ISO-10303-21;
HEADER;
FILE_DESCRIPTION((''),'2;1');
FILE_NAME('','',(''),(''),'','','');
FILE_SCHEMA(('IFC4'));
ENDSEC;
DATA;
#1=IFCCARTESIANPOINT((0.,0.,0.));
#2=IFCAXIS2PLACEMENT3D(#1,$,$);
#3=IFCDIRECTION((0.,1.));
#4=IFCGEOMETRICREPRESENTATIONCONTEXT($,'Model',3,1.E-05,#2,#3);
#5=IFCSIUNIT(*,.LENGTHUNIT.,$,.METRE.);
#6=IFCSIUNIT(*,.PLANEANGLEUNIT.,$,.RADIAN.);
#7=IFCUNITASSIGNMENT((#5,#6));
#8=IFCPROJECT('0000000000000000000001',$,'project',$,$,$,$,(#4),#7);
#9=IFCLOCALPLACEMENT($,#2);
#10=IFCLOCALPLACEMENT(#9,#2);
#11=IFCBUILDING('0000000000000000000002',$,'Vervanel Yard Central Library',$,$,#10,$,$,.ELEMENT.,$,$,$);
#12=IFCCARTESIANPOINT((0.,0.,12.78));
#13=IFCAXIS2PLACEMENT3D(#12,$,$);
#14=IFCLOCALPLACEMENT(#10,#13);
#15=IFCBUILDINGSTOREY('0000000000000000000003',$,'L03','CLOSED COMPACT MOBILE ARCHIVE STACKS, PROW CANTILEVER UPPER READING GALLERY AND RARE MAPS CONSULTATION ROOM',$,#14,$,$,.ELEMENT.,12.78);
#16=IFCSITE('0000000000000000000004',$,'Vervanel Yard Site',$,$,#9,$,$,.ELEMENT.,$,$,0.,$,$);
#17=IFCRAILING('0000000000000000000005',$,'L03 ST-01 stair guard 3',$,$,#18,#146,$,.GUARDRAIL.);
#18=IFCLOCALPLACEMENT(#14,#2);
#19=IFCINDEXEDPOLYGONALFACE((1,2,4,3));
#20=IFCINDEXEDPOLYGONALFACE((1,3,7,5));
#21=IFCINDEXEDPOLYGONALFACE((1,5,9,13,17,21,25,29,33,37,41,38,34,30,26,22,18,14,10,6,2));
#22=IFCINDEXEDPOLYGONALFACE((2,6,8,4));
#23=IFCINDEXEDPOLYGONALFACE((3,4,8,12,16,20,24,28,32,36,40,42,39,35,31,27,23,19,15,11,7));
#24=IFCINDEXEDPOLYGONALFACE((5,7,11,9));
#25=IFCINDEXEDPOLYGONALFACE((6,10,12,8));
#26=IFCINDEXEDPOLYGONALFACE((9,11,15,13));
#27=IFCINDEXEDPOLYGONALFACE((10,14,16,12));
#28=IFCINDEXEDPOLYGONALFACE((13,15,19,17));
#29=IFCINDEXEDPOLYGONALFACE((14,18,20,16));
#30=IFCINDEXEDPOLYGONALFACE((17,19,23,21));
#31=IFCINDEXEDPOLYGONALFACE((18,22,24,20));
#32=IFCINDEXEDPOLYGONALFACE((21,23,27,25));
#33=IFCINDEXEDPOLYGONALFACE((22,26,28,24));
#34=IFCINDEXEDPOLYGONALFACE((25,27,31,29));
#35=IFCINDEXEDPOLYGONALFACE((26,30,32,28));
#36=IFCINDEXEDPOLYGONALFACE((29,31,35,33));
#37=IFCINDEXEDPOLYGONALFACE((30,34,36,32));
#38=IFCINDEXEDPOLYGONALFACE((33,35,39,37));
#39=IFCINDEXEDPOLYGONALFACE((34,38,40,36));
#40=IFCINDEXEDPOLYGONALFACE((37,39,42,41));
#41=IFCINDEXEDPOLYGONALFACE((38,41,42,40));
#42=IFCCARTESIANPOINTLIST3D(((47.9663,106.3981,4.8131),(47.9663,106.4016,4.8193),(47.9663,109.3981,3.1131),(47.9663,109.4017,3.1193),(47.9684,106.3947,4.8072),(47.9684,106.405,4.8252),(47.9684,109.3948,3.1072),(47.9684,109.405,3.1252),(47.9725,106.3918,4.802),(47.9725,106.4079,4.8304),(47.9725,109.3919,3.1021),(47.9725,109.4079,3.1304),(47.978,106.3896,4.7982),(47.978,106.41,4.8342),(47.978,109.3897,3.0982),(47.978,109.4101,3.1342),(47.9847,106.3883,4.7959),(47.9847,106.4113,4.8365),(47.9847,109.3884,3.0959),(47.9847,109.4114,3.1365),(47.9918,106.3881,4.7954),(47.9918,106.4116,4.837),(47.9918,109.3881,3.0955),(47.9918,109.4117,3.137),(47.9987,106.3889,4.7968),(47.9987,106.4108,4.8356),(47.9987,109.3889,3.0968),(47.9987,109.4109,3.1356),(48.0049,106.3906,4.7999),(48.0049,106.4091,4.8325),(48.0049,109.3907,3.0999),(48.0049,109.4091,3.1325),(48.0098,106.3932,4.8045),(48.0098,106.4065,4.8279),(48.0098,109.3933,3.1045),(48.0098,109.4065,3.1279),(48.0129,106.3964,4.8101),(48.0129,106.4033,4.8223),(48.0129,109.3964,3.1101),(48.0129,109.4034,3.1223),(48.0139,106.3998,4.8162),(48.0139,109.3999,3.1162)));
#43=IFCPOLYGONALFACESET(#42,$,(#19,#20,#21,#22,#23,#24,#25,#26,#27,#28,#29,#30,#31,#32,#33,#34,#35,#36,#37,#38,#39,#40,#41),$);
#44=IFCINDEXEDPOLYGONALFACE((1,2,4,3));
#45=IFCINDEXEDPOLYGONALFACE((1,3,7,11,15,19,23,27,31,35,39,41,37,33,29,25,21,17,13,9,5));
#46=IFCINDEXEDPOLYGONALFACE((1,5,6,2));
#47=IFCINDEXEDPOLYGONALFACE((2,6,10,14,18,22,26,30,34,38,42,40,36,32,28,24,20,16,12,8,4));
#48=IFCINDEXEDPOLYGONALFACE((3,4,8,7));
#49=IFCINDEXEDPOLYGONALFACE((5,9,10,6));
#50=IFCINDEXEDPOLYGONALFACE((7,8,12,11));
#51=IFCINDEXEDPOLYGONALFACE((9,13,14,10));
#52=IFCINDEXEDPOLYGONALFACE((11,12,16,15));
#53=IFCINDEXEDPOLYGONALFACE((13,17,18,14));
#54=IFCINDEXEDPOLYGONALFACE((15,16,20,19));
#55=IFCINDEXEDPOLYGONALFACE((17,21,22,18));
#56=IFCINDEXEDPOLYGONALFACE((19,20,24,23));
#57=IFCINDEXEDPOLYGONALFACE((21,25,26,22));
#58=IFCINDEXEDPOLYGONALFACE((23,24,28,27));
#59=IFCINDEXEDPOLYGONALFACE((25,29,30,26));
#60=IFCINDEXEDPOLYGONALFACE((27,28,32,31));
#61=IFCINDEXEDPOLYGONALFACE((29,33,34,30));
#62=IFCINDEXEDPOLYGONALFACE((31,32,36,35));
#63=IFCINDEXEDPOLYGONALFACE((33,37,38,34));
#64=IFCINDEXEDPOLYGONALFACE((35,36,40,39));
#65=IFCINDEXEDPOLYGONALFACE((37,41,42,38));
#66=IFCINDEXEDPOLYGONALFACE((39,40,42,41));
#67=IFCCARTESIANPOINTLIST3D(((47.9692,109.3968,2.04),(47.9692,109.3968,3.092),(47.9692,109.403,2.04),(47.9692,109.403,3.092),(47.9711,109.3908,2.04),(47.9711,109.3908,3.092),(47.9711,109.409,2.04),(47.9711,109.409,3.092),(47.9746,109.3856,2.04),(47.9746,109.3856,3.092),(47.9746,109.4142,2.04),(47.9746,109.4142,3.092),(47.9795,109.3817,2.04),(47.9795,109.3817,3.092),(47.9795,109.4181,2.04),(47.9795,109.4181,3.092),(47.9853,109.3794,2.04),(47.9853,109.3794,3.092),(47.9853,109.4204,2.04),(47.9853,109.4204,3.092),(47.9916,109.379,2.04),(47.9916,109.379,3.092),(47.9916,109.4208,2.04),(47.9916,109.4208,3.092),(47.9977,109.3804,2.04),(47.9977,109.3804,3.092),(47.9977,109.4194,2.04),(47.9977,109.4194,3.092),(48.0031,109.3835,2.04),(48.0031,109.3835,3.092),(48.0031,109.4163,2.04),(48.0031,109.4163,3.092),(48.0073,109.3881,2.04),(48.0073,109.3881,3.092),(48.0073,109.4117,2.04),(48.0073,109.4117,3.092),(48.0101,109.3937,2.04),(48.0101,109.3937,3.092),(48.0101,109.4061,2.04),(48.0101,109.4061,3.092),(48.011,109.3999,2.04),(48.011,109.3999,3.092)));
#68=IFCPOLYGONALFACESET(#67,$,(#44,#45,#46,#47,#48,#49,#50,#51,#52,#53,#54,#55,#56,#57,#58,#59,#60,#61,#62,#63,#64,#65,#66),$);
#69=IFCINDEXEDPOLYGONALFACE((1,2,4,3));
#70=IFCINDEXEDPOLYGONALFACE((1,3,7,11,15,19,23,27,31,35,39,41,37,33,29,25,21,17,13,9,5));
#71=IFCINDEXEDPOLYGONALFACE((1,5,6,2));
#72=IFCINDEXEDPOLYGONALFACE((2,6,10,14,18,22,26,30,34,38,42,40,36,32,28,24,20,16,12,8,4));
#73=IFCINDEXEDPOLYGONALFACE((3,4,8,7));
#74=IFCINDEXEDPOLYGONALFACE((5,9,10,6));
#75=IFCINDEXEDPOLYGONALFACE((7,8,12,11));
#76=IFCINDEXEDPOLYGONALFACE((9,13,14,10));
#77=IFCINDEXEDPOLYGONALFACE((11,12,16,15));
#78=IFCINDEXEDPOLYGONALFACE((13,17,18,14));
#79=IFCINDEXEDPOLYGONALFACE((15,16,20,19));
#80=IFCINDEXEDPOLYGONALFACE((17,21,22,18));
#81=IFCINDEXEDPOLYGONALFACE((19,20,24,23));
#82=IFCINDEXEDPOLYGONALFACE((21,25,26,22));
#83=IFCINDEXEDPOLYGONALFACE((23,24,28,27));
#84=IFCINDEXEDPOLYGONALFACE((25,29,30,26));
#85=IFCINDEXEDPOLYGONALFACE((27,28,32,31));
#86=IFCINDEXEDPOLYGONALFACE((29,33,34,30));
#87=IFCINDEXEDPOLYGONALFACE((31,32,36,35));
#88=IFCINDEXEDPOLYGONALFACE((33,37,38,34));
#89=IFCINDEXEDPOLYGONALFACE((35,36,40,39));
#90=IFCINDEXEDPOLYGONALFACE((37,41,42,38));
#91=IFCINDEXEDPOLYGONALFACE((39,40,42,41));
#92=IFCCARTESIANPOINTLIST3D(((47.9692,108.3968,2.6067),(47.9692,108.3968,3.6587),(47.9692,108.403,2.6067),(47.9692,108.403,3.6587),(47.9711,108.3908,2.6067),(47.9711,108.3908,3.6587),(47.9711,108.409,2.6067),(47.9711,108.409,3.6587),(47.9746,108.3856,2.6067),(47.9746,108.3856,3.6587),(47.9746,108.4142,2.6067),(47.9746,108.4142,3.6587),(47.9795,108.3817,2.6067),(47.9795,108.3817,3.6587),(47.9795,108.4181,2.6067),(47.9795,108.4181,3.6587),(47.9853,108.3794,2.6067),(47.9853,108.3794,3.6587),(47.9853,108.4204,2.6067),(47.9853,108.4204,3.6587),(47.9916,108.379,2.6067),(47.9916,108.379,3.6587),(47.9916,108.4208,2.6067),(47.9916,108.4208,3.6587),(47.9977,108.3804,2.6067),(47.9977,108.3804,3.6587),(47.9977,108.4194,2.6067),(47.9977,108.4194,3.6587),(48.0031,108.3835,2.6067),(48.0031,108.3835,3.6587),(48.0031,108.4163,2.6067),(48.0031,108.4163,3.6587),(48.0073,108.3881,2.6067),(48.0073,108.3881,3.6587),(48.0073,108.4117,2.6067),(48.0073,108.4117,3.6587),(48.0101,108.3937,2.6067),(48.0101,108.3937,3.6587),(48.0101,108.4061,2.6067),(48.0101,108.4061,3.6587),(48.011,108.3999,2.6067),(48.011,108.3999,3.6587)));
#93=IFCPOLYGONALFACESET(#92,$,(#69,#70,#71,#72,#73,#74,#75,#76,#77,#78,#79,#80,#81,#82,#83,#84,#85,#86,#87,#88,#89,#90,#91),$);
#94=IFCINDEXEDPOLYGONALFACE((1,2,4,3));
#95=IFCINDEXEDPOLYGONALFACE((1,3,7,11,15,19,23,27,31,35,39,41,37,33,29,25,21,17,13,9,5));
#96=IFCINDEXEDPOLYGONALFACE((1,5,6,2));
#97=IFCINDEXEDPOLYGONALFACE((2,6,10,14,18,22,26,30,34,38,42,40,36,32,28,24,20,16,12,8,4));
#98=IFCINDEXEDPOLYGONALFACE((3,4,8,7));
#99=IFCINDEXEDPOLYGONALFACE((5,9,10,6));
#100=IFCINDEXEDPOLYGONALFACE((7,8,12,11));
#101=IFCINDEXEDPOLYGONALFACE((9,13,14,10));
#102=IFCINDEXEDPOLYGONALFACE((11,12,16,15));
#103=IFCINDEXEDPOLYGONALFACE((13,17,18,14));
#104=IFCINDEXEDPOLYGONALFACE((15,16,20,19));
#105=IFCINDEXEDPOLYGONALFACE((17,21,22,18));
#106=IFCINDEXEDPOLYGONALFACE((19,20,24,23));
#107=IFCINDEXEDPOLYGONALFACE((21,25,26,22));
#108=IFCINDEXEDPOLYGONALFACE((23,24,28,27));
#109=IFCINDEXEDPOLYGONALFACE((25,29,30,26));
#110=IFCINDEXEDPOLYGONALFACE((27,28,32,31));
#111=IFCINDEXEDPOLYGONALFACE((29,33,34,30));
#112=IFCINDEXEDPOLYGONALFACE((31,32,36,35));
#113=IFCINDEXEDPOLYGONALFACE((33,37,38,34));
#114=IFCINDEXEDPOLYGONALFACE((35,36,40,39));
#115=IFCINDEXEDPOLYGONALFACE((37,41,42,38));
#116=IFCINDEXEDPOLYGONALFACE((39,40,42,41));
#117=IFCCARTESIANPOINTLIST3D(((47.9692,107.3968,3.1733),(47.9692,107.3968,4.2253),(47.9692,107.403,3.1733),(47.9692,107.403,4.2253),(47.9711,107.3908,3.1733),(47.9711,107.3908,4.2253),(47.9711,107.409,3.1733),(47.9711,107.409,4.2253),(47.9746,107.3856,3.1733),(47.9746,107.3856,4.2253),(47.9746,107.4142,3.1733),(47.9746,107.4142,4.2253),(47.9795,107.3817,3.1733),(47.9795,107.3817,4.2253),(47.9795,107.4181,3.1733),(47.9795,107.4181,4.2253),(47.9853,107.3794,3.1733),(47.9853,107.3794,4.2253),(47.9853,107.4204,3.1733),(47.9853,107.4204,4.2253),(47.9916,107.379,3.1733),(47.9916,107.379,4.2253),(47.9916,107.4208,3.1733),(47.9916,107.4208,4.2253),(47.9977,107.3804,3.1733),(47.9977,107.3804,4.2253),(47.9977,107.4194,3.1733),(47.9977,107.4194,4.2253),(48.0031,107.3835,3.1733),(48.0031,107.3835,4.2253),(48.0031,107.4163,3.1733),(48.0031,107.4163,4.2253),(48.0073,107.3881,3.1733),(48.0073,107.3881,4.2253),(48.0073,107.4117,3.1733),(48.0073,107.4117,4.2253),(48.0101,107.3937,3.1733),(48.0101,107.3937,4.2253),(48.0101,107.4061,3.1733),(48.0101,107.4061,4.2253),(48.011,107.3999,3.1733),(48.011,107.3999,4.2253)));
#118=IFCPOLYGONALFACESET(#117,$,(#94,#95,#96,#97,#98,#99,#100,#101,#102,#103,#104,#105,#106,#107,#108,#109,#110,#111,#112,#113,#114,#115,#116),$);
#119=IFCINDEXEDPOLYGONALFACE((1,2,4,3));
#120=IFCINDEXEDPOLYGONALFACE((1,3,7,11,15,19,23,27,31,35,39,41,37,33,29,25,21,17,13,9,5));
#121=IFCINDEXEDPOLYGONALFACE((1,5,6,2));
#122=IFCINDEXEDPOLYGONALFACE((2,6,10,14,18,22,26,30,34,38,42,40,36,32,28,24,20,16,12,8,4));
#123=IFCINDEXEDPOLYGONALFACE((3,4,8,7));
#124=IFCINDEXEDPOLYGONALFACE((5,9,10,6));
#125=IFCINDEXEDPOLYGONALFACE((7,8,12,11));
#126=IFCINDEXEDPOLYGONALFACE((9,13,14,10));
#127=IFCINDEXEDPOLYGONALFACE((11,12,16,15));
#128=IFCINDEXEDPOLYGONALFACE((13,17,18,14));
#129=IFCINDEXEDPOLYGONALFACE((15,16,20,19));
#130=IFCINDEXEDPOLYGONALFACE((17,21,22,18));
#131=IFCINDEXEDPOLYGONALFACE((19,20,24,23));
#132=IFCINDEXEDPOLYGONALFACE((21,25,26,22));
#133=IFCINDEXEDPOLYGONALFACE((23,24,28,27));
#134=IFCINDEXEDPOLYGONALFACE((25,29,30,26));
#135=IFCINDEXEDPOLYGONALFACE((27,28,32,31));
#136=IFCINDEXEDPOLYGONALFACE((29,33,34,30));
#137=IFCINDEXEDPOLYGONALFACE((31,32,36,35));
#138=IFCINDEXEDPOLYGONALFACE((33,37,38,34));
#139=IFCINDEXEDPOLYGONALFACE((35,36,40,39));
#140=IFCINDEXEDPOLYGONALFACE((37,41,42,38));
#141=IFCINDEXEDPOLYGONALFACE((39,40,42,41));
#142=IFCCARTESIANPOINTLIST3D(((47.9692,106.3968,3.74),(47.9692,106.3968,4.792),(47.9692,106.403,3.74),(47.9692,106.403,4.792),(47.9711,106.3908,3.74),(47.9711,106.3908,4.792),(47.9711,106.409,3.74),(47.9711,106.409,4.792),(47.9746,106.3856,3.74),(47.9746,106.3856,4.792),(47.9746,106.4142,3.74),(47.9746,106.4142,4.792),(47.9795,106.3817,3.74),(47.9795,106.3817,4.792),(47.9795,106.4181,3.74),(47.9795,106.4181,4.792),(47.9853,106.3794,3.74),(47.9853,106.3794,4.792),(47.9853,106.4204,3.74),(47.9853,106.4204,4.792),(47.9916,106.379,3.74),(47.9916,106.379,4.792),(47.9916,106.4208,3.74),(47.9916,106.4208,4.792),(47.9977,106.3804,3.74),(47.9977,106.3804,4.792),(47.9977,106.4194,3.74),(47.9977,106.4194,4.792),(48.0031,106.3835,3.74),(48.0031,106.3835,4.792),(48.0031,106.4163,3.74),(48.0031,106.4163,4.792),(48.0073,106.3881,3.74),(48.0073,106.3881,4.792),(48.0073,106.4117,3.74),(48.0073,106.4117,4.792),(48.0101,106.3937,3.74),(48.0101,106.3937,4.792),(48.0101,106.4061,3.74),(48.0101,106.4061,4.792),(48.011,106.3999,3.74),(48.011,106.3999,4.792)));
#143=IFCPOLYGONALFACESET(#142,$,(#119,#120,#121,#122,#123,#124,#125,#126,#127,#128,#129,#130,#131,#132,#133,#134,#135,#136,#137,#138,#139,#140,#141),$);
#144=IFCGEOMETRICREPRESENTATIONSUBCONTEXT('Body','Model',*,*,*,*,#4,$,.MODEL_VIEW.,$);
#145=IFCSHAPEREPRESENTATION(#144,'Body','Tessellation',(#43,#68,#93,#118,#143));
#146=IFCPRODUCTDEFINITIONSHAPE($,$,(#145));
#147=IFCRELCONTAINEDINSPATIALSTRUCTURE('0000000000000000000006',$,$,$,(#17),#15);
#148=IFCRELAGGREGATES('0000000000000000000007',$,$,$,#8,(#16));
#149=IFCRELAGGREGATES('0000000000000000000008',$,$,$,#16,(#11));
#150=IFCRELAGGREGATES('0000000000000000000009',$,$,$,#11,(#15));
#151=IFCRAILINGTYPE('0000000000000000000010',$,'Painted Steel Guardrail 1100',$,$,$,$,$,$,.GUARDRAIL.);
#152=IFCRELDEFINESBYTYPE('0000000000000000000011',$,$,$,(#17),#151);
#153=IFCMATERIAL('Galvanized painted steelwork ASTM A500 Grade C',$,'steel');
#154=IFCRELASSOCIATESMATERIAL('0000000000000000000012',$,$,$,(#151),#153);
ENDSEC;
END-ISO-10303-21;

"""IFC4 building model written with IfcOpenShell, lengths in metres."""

from ifc_helpers import new_model, si_unit, direction, frame, origin, origin_2d, place, context, subcontext, project, spatial, circle, extrude, material, type_object, element, save


model = new_model("IFC4")

# Units and contexts
model_context = context("Model", 3, precision=1e-05, world=origin(), true_north=direction((0.0, 1.0)))
body_context = subcontext(model_context, "Body", "Model", "MODEL_VIEW")
ifc_project = project(units=[si_unit("LENGTHUNIT", "METRE"), si_unit("PLANEANGLEUNIT", "RADIAN")], contexts=[model_context])

# Site, building, storey
site_placement = place(None, origin())
site = spatial("IfcSite", under=ifc_project, at=site_placement, Name="Vervanel Yard Site", CompositionType="ELEMENT", RefElevation=0.0)
building_placement = place(site_placement, origin())
building = spatial("IfcBuilding", under=site, at=building_placement, Name="Vervanel Yard Central Library", CompositionType="ELEMENT")
storey_placement = place(building_placement, frame((0.0, 0.0, 12.78)))
storey = spatial("IfcBuildingStorey", under=building, at=storey_placement, Name="L03", Description="CLOSED COMPACT MOBILE ARCHIVE STACKS, PROW CANTILEVER UPPER READING GALLERY AND RARE MAPS CONSULTATION ROOM", CompositionType="ELEMENT", Elevation=12.78)

# Shared definitions
ifc_material_1 = material(Name="Galvanized painted steelwork ASTM A500 Grade C", Category="steel")

# Railing
railing_type_1 = type_object("IfcRailingType", Name="Painted Steel Guardrail 1100", PredefinedType="GUARDRAIL", material=ifc_material_1)
railing_1_placement = place(storey_placement, frame((47.99, 109.3999, 2.04)))
element("IfcRailing", 1, at=railing_1_placement, inside=storey, type_object=railing_type_1, Name="L03 ST-01 stair guard 3", PredefinedType="GUARDRAIL", context=body_context, shape_type="SweptSolid", body=[
    extrude(circle(Radius=0.0239, at=origin_2d()), frame((0.0, 0.0, 1.0762), z_axis=(0.0, -0.870028, 0.493002), x_axis=(1.0, 0.0, 0.0)), (0.0, 0.0, 1.0), 3.4482),
    extrude(circle(Radius=0.021, at=origin_2d()), origin(), (0.0, 0.0, 1.0), 1.052),
    extrude(circle(Radius=0.021, at=origin_2d()), frame((0.0, -1.0, 0.5667)), (0.0, 0.0, 1.0), 1.052),
    extrude(circle(Radius=0.021, at=origin_2d()), frame((0.0, -2.0, 1.1333)), (0.0, 0.0, 1.0), 1.052),
    extrude(circle(Radius=0.021, at=origin_2d()), frame((0.0, -3.0, 1.7)), (0.0, 0.0, 1.0), 1.052),
])

save(model, "model.ifc")
